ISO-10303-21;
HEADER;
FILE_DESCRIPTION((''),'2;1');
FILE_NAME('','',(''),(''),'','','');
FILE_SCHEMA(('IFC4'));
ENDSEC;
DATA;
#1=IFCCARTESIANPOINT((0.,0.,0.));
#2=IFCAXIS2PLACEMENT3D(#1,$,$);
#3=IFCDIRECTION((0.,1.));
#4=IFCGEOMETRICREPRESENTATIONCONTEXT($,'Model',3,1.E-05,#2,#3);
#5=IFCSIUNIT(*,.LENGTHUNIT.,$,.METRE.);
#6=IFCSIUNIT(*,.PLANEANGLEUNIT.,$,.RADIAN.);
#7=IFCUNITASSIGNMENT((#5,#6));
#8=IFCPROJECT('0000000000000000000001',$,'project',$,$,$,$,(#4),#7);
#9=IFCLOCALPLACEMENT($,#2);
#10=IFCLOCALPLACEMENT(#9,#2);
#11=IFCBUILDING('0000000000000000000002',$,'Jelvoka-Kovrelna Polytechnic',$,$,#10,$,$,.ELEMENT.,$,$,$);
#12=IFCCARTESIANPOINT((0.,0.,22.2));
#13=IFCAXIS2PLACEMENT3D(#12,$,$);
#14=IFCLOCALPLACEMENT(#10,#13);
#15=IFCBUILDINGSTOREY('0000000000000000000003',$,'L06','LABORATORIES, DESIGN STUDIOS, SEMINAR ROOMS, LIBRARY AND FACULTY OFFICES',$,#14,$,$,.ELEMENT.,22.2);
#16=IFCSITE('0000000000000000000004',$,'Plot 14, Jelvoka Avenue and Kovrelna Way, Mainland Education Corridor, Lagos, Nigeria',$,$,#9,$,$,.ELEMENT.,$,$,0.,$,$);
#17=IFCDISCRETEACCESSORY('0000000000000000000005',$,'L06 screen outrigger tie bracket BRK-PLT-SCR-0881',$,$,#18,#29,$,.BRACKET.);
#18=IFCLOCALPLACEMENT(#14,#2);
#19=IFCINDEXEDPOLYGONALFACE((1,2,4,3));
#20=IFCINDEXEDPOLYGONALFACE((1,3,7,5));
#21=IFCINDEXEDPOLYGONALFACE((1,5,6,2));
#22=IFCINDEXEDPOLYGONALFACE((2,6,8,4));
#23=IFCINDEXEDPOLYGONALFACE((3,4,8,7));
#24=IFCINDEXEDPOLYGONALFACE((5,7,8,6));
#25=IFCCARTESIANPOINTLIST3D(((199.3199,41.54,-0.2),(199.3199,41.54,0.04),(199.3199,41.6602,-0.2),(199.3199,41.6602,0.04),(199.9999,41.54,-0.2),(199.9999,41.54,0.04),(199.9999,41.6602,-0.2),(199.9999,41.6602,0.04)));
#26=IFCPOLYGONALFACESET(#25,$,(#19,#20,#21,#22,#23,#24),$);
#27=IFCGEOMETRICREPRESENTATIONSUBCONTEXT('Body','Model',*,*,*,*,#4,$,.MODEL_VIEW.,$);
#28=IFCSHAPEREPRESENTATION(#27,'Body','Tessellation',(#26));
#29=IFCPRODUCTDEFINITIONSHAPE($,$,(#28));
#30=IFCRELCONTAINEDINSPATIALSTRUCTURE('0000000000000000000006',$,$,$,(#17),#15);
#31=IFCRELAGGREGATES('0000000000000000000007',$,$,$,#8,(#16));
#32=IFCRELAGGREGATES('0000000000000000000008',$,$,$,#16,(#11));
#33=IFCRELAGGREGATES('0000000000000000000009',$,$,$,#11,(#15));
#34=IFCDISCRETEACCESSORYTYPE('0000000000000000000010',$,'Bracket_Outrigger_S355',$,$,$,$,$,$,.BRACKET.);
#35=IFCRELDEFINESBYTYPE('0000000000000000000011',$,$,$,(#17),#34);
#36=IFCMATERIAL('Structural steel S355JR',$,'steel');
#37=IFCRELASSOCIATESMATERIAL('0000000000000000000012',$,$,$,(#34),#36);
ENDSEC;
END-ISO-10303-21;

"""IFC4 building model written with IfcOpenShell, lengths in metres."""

from ifc_helpers import new_model, si_unit, direction, frame, origin, origin_2d, place, context, subcontext, project, spatial, rectangle, extrude, material, type_object, element, save


model = new_model("IFC4")

# Units and contexts
model_context = context("Model", 3, precision=1e-05, world=origin(), true_north=direction((0.0, 1.0)))
body_context = subcontext(model_context, "Body", "Model", "MODEL_VIEW")
ifc_project = project(units=[si_unit("LENGTHUNIT", "METRE"), si_unit("PLANEANGLEUNIT", "RADIAN")], contexts=[model_context])

# Site, building, storey
site_placement = place(None, origin())
site = spatial("IfcSite", under=ifc_project, at=site_placement, Name="Plot 14, Jelvoka Avenue and Kovrelna Way, Mainland Education Corridor, Lagos, Nigeria", CompositionType="ELEMENT", RefElevation=0.0)
building_placement = place(site_placement, origin())
building = spatial("IfcBuilding", under=site, at=building_placement, Name="Jelvoka-Kovrelna Polytechnic", CompositionType="ELEMENT")
storey_placement = place(building_placement, frame((0.0, 0.0, 22.2)))
storey = spatial("IfcBuildingStorey", under=building, at=storey_placement, Name="L06", Description="LABORATORIES, DESIGN STUDIOS, SEMINAR ROOMS, LIBRARY AND FACULTY OFFICES", CompositionType="ELEMENT", Elevation=22.2)

# Discrete accessory
ifc_material_1 = material(Name="Structural steel S355JR", Category="steel")
discrete_accessory_type = type_object("IfcDiscreteAccessoryType", Name="Bracket_Outrigger_S355", PredefinedType="BRACKET", material=ifc_material_1)
for number, where, z_axis, x_axis, name in (
    (1, (199.6599, 41.6001, -0.2), (0.0, 0.0, 1.0), (1.0, 0.0, 0.0), "L06 screen outrigger tie bracket BRK-PLT-SCR-0881"),
):
    element("IfcDiscreteAccessory", number, at=place(storey_placement, frame(where, z_axis=z_axis, x_axis=x_axis)), inside=storey, type_object=discrete_accessory_type, Name=name, PredefinedType="BRACKET", context=body_context, shape_type="SweptSolid", body=[
        extrude(rectangle(XDim=0.6799, YDim=0.1201, at=origin_2d()), origin(), (0.0, 0.0, 1.0), 0.24),
    ])

save(model, "model.ifc")
